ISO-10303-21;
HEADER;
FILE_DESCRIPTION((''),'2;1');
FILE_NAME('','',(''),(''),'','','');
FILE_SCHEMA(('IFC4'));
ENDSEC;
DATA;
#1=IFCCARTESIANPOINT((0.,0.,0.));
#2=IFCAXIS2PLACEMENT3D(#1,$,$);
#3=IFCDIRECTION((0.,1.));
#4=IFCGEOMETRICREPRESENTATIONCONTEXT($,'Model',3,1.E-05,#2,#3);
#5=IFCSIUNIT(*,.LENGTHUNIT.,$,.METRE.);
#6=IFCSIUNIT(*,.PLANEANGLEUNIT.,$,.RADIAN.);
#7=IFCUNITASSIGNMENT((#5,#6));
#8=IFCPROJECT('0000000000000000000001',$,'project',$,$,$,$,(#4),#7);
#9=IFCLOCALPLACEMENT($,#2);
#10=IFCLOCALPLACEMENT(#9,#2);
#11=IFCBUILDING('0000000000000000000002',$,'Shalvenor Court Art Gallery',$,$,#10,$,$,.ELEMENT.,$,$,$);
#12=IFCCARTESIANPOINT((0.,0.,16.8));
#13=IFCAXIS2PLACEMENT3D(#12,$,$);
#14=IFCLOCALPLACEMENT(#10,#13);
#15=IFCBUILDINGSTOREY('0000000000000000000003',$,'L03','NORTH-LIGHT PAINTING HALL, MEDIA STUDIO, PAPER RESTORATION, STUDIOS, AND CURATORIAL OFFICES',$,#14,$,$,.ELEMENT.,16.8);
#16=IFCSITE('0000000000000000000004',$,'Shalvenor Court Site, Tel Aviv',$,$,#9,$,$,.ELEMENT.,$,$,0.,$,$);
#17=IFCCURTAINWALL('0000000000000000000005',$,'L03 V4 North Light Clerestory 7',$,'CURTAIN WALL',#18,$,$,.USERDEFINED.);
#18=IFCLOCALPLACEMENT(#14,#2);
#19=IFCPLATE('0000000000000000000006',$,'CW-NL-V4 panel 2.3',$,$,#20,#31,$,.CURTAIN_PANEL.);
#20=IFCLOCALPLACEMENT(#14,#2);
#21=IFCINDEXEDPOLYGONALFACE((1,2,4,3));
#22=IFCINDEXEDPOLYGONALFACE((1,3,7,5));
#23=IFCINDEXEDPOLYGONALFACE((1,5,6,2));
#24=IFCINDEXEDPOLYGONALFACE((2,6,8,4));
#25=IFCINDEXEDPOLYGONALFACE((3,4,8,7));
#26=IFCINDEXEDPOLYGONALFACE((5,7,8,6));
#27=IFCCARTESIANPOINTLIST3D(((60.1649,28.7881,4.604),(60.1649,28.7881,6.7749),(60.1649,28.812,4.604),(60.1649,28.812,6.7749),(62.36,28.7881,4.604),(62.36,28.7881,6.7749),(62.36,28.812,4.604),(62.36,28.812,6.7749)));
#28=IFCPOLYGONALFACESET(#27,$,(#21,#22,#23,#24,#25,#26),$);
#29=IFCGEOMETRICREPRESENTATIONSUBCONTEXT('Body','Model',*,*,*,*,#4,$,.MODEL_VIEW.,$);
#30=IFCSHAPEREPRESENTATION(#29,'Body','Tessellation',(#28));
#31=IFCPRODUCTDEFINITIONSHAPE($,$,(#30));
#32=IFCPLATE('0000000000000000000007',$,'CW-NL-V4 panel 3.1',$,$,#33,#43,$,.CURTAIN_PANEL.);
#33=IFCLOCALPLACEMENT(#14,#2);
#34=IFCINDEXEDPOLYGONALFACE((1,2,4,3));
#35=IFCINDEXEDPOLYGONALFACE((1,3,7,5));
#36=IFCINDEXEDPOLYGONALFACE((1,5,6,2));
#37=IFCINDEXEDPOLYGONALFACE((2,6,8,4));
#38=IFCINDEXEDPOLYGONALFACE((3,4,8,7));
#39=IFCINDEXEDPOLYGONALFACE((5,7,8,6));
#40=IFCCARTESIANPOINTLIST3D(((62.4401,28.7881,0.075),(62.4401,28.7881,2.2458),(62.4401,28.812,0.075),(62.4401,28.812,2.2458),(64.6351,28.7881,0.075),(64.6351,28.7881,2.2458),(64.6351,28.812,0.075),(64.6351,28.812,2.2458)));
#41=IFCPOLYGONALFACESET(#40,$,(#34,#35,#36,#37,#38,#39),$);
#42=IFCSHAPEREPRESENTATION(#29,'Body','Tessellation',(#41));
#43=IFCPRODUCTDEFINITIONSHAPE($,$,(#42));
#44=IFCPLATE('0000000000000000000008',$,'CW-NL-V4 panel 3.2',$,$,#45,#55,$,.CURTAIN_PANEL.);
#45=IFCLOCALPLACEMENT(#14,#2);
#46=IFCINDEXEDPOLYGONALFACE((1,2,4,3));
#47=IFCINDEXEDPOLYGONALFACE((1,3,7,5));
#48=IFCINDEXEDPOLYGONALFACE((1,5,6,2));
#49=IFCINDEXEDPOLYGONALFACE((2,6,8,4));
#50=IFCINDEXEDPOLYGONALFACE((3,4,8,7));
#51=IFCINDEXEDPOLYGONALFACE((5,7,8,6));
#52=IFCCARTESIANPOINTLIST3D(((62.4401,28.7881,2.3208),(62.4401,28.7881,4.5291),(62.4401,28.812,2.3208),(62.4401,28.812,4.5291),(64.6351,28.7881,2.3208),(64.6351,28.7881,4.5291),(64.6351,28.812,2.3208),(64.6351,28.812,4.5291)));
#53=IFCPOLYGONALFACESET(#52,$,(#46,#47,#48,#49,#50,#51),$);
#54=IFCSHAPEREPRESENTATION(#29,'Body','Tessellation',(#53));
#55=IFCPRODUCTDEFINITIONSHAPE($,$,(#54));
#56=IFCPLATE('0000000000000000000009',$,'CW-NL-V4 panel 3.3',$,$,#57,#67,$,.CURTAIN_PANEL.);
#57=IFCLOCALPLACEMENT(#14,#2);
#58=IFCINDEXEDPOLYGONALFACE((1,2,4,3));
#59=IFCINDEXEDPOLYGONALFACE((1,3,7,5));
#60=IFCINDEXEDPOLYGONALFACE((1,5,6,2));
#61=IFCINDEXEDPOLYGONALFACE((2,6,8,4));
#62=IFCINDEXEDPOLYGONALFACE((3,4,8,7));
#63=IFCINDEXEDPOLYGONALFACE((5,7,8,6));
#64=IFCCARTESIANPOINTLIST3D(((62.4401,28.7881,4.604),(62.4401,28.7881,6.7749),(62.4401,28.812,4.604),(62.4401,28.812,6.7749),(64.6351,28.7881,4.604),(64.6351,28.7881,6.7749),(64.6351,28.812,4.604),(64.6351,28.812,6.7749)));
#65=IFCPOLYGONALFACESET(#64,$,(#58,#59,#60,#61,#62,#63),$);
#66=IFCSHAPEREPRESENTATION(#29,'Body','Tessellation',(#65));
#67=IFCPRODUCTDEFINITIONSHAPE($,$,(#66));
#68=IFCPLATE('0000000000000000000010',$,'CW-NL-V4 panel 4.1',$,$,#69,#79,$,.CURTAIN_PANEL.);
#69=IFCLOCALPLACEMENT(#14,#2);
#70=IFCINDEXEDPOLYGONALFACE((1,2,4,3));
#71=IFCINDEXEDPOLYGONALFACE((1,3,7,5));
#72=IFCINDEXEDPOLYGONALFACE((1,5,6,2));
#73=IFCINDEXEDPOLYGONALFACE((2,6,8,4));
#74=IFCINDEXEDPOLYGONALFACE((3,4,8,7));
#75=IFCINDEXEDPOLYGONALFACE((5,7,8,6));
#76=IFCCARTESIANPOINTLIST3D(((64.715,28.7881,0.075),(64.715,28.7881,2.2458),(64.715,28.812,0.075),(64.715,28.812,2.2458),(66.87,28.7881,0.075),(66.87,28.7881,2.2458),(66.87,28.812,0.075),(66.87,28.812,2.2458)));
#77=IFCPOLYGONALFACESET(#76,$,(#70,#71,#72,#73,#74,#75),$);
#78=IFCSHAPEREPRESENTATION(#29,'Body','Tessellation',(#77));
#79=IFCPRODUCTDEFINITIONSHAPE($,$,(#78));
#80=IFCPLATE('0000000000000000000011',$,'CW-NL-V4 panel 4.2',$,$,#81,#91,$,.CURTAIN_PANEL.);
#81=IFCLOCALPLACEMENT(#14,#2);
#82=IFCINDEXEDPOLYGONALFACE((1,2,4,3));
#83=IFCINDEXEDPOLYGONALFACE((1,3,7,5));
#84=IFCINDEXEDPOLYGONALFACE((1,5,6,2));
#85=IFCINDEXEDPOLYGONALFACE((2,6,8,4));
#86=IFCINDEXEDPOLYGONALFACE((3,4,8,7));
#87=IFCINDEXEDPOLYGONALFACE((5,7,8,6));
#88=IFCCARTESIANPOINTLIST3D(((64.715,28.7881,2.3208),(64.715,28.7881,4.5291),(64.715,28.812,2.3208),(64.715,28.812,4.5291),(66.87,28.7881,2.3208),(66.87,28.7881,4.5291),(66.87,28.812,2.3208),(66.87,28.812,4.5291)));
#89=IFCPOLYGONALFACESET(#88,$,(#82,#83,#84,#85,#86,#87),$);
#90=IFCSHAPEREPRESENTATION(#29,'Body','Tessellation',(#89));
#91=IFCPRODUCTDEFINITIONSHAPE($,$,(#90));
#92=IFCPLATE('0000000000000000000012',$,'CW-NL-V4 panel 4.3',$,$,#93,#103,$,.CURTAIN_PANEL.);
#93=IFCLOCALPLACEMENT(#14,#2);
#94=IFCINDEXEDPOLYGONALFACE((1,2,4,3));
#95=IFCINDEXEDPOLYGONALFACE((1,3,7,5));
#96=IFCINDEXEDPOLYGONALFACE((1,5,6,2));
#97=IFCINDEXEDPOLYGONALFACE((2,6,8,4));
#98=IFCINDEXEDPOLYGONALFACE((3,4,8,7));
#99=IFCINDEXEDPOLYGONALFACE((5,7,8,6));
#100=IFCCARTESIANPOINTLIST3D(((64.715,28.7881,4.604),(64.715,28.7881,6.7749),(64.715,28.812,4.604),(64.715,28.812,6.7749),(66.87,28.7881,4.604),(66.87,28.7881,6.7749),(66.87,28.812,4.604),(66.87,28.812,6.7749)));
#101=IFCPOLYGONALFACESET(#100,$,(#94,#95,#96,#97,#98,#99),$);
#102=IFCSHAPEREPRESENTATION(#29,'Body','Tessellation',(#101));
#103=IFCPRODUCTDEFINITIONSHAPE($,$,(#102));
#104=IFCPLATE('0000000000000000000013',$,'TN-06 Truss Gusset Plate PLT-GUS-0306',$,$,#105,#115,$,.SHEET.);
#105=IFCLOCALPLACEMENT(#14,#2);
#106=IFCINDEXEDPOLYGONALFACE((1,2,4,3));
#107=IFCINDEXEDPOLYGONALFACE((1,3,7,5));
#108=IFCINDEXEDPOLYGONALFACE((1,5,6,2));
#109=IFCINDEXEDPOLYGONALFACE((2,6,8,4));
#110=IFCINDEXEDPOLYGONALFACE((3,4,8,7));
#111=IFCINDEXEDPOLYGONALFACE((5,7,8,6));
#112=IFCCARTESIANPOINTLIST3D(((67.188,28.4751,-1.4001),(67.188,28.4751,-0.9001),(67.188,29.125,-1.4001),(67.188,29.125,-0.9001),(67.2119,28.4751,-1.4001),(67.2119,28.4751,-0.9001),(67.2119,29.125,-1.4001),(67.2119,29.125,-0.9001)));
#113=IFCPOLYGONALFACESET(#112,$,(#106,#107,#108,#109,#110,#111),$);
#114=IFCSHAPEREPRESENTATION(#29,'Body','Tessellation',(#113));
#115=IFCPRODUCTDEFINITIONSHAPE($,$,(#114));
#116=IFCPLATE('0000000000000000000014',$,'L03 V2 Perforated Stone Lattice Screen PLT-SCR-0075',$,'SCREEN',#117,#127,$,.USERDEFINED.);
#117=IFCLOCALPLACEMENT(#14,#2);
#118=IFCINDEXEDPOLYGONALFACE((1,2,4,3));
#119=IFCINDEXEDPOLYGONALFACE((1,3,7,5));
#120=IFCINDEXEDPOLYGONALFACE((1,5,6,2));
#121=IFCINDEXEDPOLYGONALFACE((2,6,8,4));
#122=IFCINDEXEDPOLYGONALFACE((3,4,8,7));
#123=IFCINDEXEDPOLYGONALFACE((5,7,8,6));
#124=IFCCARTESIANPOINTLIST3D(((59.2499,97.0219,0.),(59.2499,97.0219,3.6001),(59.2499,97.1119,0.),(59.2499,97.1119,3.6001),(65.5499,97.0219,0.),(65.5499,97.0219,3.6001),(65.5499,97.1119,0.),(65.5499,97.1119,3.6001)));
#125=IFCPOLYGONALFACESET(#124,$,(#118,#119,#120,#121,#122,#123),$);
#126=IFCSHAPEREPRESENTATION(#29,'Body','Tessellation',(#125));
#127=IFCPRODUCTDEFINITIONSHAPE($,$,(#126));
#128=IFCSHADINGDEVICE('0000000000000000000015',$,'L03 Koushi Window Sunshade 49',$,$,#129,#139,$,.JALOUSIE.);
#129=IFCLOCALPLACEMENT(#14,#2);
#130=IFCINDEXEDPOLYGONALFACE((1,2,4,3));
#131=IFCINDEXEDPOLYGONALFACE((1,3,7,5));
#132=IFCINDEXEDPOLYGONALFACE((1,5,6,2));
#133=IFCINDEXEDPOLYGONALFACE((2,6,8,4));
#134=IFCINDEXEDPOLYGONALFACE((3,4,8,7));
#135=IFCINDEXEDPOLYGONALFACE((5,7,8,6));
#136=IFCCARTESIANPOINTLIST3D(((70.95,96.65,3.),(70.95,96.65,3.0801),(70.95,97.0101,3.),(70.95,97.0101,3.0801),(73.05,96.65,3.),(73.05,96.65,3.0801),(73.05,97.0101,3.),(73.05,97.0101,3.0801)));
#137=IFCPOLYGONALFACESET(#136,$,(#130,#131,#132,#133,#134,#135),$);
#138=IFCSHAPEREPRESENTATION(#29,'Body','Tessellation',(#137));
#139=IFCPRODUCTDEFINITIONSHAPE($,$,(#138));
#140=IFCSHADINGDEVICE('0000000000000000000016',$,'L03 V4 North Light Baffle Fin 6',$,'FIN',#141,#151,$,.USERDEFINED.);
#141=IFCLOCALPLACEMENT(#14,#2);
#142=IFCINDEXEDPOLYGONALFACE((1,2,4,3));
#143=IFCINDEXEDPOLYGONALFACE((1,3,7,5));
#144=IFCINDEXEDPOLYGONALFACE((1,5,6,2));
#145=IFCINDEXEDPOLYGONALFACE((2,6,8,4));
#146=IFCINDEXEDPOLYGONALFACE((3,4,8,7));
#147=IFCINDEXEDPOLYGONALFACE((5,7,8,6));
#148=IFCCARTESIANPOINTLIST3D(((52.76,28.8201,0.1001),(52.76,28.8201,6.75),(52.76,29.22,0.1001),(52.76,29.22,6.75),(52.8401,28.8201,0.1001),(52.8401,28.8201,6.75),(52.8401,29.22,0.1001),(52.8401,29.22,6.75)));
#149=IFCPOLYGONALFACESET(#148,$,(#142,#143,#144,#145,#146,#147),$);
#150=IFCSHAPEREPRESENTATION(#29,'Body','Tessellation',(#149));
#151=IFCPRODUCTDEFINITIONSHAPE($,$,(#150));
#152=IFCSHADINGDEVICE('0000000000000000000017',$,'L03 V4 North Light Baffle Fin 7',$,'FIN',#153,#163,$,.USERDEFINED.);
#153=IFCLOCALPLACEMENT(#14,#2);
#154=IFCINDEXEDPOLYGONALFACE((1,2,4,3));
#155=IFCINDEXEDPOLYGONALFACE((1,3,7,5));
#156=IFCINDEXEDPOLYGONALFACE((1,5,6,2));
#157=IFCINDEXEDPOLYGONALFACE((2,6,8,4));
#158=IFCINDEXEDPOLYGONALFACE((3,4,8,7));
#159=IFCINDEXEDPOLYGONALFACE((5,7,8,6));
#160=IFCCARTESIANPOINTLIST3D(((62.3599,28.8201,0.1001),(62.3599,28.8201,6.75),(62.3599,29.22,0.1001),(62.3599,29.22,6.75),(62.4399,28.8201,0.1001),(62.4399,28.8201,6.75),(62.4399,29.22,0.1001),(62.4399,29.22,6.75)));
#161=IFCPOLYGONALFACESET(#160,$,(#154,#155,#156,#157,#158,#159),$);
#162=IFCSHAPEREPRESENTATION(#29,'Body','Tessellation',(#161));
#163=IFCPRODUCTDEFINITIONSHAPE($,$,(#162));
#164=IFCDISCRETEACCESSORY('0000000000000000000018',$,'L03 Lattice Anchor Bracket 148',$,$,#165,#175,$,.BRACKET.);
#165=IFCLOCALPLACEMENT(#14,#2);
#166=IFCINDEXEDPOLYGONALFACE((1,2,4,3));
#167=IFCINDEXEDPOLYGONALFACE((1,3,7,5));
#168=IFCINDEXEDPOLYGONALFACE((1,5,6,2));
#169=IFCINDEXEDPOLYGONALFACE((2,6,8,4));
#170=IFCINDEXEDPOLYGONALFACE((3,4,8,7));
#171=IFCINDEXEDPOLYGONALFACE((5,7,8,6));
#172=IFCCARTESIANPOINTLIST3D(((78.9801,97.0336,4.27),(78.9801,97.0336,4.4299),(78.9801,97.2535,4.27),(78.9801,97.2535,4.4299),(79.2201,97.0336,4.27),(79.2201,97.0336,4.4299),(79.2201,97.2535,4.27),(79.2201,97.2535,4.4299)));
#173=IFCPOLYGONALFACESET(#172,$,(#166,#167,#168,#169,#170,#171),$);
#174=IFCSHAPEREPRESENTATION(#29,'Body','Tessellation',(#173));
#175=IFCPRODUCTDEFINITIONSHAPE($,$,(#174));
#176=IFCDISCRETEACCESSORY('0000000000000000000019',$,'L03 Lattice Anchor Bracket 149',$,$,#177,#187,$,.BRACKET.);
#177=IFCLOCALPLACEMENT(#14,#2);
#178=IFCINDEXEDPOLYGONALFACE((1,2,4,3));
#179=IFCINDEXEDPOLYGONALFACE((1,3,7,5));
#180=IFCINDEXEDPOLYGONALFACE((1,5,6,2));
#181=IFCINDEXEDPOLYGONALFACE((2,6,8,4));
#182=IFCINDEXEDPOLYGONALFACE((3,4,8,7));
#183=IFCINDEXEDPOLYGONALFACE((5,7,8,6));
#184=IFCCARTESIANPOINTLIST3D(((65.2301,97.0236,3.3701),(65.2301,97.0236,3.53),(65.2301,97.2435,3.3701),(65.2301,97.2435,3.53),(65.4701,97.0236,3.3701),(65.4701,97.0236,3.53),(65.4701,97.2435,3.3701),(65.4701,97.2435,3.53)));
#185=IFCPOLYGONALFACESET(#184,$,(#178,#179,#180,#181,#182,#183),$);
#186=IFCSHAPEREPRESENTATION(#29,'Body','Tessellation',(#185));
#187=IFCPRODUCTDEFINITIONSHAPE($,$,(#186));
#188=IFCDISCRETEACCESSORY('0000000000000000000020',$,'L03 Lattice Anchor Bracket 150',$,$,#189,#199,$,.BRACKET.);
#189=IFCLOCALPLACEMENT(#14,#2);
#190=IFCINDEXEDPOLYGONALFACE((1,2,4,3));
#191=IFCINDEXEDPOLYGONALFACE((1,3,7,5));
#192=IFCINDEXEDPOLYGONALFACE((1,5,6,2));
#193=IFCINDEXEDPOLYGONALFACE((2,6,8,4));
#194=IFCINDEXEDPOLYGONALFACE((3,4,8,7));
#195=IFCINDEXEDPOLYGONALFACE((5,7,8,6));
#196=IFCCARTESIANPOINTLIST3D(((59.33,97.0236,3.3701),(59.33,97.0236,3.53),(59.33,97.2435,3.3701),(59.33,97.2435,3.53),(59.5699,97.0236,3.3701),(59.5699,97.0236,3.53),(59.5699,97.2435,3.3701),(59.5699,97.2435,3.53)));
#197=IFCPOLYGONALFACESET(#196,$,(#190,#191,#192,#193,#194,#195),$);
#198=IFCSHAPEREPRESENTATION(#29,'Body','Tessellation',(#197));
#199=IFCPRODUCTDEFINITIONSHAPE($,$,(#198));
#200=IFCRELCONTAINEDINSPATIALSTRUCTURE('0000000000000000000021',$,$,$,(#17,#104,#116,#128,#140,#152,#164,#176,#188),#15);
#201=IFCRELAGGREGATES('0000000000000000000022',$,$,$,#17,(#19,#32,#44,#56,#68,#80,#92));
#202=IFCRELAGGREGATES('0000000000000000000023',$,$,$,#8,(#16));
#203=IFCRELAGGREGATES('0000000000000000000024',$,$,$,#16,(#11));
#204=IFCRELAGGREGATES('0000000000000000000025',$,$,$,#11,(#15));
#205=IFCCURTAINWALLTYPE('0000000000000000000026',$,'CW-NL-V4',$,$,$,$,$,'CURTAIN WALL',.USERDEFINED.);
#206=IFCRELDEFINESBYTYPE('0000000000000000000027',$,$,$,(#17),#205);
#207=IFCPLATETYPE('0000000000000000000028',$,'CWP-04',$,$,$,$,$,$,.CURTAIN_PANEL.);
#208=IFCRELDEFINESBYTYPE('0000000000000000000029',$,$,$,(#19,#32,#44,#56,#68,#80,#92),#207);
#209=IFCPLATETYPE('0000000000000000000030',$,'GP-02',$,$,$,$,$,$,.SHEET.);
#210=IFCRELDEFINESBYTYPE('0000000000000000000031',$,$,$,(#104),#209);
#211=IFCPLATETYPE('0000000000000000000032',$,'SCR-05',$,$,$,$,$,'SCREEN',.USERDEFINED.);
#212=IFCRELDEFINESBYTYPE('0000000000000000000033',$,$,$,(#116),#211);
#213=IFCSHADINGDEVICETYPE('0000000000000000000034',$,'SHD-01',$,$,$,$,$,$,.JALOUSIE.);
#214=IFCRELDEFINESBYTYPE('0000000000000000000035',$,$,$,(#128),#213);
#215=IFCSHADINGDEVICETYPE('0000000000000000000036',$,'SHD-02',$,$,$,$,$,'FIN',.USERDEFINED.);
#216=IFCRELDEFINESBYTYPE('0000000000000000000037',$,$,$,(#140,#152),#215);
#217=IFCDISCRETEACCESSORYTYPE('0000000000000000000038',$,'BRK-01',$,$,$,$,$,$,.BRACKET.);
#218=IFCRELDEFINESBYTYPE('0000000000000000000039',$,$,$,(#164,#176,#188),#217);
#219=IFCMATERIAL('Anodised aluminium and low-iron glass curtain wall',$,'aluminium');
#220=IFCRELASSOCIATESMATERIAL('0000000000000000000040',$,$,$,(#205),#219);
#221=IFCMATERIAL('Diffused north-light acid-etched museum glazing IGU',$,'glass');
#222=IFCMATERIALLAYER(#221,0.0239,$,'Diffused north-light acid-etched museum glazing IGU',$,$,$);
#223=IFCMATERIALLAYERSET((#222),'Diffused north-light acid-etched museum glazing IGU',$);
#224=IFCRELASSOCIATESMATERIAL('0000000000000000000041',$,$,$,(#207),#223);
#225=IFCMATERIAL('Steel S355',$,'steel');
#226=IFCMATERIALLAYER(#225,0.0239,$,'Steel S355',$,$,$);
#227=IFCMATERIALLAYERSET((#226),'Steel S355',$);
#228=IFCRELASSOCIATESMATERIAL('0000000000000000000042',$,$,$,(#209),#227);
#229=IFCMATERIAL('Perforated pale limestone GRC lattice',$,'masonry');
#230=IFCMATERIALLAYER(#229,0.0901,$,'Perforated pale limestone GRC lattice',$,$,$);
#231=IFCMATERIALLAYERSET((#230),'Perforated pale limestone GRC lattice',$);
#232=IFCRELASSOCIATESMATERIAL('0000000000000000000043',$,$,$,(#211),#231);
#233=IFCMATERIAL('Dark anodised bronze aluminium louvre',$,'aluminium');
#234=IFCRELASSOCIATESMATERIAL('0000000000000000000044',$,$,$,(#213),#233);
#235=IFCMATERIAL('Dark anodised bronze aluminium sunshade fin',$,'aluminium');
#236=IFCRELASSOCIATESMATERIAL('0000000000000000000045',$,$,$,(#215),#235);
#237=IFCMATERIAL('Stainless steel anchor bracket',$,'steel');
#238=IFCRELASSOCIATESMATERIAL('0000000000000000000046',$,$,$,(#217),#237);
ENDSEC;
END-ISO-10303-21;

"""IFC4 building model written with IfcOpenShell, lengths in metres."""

from ifc_helpers import new_model, si_unit, direction, frame, origin, origin_2d, place, context, subcontext, project, spatial, rectangle, extrude, material, layer, layer_set, type_object, element, aggregate, save


model = new_model("IFC4")

# Units and contexts
model_context = context("Model", 3, precision=1e-05, world=origin(), true_north=direction((0.0, 1.0)))
body_context = subcontext(model_context, "Body", "Model", "MODEL_VIEW")
ifc_project = project(units=[si_unit("LENGTHUNIT", "METRE"), si_unit("PLANEANGLEUNIT", "RADIAN")], contexts=[model_context])

# Site, building, storey
site_placement = place(None, origin())
site = spatial("IfcSite", under=ifc_project, at=site_placement, Name="Shalvenor Court Site, Tel Aviv", CompositionType="ELEMENT", RefElevation=0.0)
building_placement = place(site_placement, origin())
building = spatial("IfcBuilding", under=site, at=building_placement, Name="Shalvenor Court Art Gallery", CompositionType="ELEMENT")
storey_placement = place(building_placement, frame((0.0, 0.0, 16.8)))
storey = spatial("IfcBuildingStorey", under=building, at=storey_placement, Name="L03", Description="NORTH-LIGHT PAINTING HALL, MEDIA STUDIO, PAPER RESTORATION, STUDIOS, AND CURATORIAL OFFICES", CompositionType="ELEMENT", Elevation=16.8)

# Curtain wall
ifc_material_1 = material(Name="Anodised aluminium and low-iron glass curtain wall", Category="aluminium")
curtain_wall_type_1 = type_object("IfcCurtainWallType", Name="CW-NL-V4", ElementType="CURTAIN WALL", PredefinedType="USERDEFINED", material=ifc_material_1)
curtain_wall_1_placement = place(storey_placement, origin())
curtain_wall_1 = element("IfcCurtainWall", 1, at=curtain_wall_1_placement, inside=storey, type_object=curtain_wall_type_1, Name="L03 V4 North Light Clerestory 7", ObjectType="CURTAIN WALL", PredefinedType="USERDEFINED")

# Plates
ifc_material_2 = material(Name="Diffused north-light acid-etched museum glazing IGU", Category="glass")
ifc_layer_1 = layer(ifc_material_2, 0.0239, Name="Diffused north-light acid-etched museum glazing IGU")
ifc_layer_set_1 = layer_set([ifc_layer_1], Name="Diffused north-light acid-etched museum glazing IGU")
plate_type_1 = type_object("IfcPlateType", Name="CWP-04", PredefinedType="CURTAIN_PANEL", material=ifc_layer_set_1)
plate_1_placement = place(storey_placement, frame((61.2625, 28.8, 4.604), z_axis=(0.0, 0.0, 1.0), x_axis=(1.0, 0.0, 0.0)))
plate_1 = element("IfcPlate", 2, at=plate_1_placement, type_object=plate_type_1, Name="CW-NL-V4 panel 2.3", PredefinedType="CURTAIN_PANEL", context=body_context, shape_type="SweptSolid", body=[
    extrude(rectangle(XDim=2.1951, YDim=0.0239, at=origin_2d()), origin(), (0.0, 0.0, 1.0), 2.1709),
])
plate_2_placement = place(storey_placement, frame((63.5376, 28.8, 0.075), z_axis=(0.0, 0.0, 1.0), x_axis=(1.0, 0.0, 0.0)))
plate_2 = element("IfcPlate", 3, at=plate_2_placement, type_object=plate_type_1, Name="CW-NL-V4 panel 3.1", PredefinedType="CURTAIN_PANEL", context=body_context, shape_type="SweptSolid", body=[
    extrude(rectangle(XDim=2.1951, YDim=0.0239, at=origin_2d()), origin(), (0.0, 0.0, 1.0), 2.1709),
])
plate_3_placement = place(storey_placement, frame((63.5376, 28.8, 2.3208), z_axis=(0.0, 0.0, 1.0), x_axis=(1.0, 0.0, 0.0)))
plate_3 = element("IfcPlate", 4, at=plate_3_placement, type_object=plate_type_1, Name="CW-NL-V4 panel 3.2", PredefinedType="CURTAIN_PANEL", context=body_context, shape_type="SweptSolid", body=[
    extrude(rectangle(XDim=2.1951, YDim=0.0239, at=origin_2d()), origin(), (0.0, 0.0, 1.0), 2.2083),
])
plate_4_placement = place(storey_placement, frame((63.5376, 28.8, 4.604), z_axis=(0.0, 0.0, 1.0), x_axis=(1.0, 0.0, 0.0)))
plate_4 = element("IfcPlate", 5, at=plate_4_placement, type_object=plate_type_1, Name="CW-NL-V4 panel 3.3", PredefinedType="CURTAIN_PANEL", context=body_context, shape_type="SweptSolid", body=[
    extrude(rectangle(XDim=2.1951, YDim=0.0239, at=origin_2d()), origin(), (0.0, 0.0, 1.0), 2.1709),
])
plate_5_placement = place(storey_placement, frame((65.7925, 28.8, 0.075), z_axis=(0.0, 0.0, 1.0), x_axis=(1.0, 0.0, 0.0)))
plate_5 = element("IfcPlate", 6, at=plate_5_placement, type_object=plate_type_1, Name="CW-NL-V4 panel 4.1", PredefinedType="CURTAIN_PANEL", context=body_context, shape_type="SweptSolid", body=[
    extrude(rectangle(XDim=2.155, YDim=0.0239, at=origin_2d()), origin(), (0.0, 0.0, 1.0), 2.1709),
])
plate_6_placement = place(storey_placement, frame((65.7925, 28.8, 2.3208), z_axis=(0.0, 0.0, 1.0), x_axis=(1.0, 0.0, 0.0)))
plate_6 = element("IfcPlate", 7, at=plate_6_placement, type_object=plate_type_1, Name="CW-NL-V4 panel 4.2", PredefinedType="CURTAIN_PANEL", context=body_context, shape_type="SweptSolid", body=[
    extrude(rectangle(XDim=2.155, YDim=0.0239, at=origin_2d()), origin(), (0.0, 0.0, 1.0), 2.2083),
])
plate_7_placement = place(storey_placement, frame((65.7925, 28.8, 4.604), z_axis=(0.0, 0.0, 1.0), x_axis=(1.0, 0.0, 0.0)))
plate_7 = element("IfcPlate", 8, at=plate_7_placement, type_object=plate_type_1, Name="CW-NL-V4 panel 4.3", PredefinedType="CURTAIN_PANEL", context=body_context, shape_type="SweptSolid", body=[
    extrude(rectangle(XDim=2.155, YDim=0.0239, at=origin_2d()), origin(), (0.0, 0.0, 1.0), 2.1709),
])
aggregate(curtain_wall_1, [plate_1, plate_2, plate_3, plate_4, plate_5, plate_6, plate_7])

# Plates
ifc_material_3 = material(Name="Steel S355", Category="steel")
ifc_layer_2 = layer(ifc_material_3, 0.0239, Name="Steel S355")
ifc_layer_set_2 = layer_set([ifc_layer_2], Name="Steel S355")
plate_type_2 = type_object("IfcPlateType", Name="GP-02", PredefinedType="SHEET", material=ifc_layer_set_2)
plate_8_placement = place(storey_placement, frame((67.2, 28.8, -1.4001), z_axis=(0.0, 0.0, 1.0), x_axis=(0.0, 1.0, 0.0)))
element("IfcPlate", 9, at=plate_8_placement, inside=storey, type_object=plate_type_2, Name="TN-06 Truss Gusset Plate PLT-GUS-0306", PredefinedType="SHEET", context=body_context, shape_type="SweptSolid", body=[
    extrude(rectangle(XDim=0.6499, YDim=0.0239, at=origin_2d()), origin(), (0.0, 0.0, 1.0), 0.5),
])
ifc_material_4 = material(Name="Perforated pale limestone GRC lattice", Category="masonry")
ifc_layer_3 = layer(ifc_material_4, 0.0901, Name="Perforated pale limestone GRC lattice")
ifc_layer_set_3 = layer_set([ifc_layer_3], Name="Perforated pale limestone GRC lattice")
plate_type_3 = type_object("IfcPlateType", Name="SCR-05", ElementType="SCREEN", PredefinedType="USERDEFINED", material=ifc_layer_set_3)
plate_9_placement = place(storey_placement, frame((62.3999, 97.0669, 0.0), z_axis=(0.0, 0.0, 1.0), x_axis=(-1.0, 0.0, 0.0)))
element("IfcPlate", 10, at=plate_9_placement, inside=storey, type_object=plate_type_3, Name="L03 V2 Perforated Stone Lattice Screen PLT-SCR-0075", ObjectType="SCREEN", PredefinedType="USERDEFINED", context=body_context, shape_type="SweptSolid", body=[
    extrude(rectangle(XDim=6.3, YDim=0.0901, at=origin_2d()), origin(), (0.0, 0.0, 1.0), 3.6001),
])

# Shading devices
ifc_material_5 = material(Name="Dark anodised bronze aluminium louvre", Category="aluminium")
shading_device_type_1 = type_object("IfcShadingDeviceType", Name="SHD-01", PredefinedType="JALOUSIE", material=ifc_material_5)
shading_device_placement = place(storey_placement, frame((72.0, 96.8301, 3.0), z_axis=(0.0, 0.0, 1.0), x_axis=(-1.0, 0.0, 0.0)))
element("IfcShadingDevice", 11, at=shading_device_placement, inside=storey, type_object=shading_device_type_1, Name="L03 Koushi Window Sunshade 49", PredefinedType="JALOUSIE", context=body_context, shape_type="SweptSolid", body=[
    extrude(rectangle(XDim=2.1001, YDim=0.3601, at=origin_2d()), origin(), (0.0, 0.0, 1.0), 0.0801),
])
ifc_material_6 = material(Name="Dark anodised bronze aluminium sunshade fin", Category="aluminium")
shading_device_type_2 = type_object("IfcShadingDeviceType", Name="SHD-02", ElementType="FIN", PredefinedType="USERDEFINED", material=ifc_material_6)
for number, where, z_axis, x_axis, name in (
    (12, (52.8, 29.02, 0.1001), (0.0, 0.0, 1.0), (1.0, 0.0, 0.0), "L03 V4 North Light Baffle Fin 6"),
    (13, (62.3999, 29.02, 0.1001), (0.0, 0.0, 1.0), (1.0, 0.0, 0.0), "L03 V4 North Light Baffle Fin 7"),
):
    element("IfcShadingDevice", number, at=place(storey_placement, frame(where, z_axis=z_axis, x_axis=x_axis)), inside=storey, type_object=shading_device_type_2, Name=name, ObjectType="FIN", PredefinedType="USERDEFINED", context=body_context, shape_type="SweptSolid", body=[
        extrude(rectangle(XDim=0.0801, YDim=0.3999, at=origin_2d()), origin(), (0.0, 0.0, 1.0), 6.6499),
    ])

# Discrete accessories
ifc_material_7 = material(Name="Stainless steel anchor bracket", Category="steel")
discrete_accessory_type = type_object("IfcDiscreteAccessoryType", Name="BRK-01", PredefinedType="BRACKET", material=ifc_material_7)
for number, where, z_axis, x_axis, name in (
    (14, (79.1001, 97.1436, 4.27), (0.0, 0.0, 1.0), (-1.0, 0.0, 0.0), "L03 Lattice Anchor Bracket 148"),
    (15, (65.3501, 97.1335, 3.3701), (0.0, 0.0, 1.0), (-1.0, 0.0, 0.0), "L03 Lattice Anchor Bracket 149"),
    (16, (59.45, 97.1335, 3.3701), (0.0, 0.0, 1.0), (-1.0, 0.0, 0.0), "L03 Lattice Anchor Bracket 150"),
):
    element("IfcDiscreteAccessory", number, at=place(storey_placement, frame(where, z_axis=z_axis, x_axis=x_axis)), inside=storey, type_object=discrete_accessory_type, Name=name, PredefinedType="BRACKET", context=body_context, shape_type="SweptSolid", body=[
        extrude(rectangle(XDim=0.24, YDim=0.22, at=origin_2d()), origin(), (0.0, 0.0, 1.0), 0.1599),
    ])

save(model, "model.ifc")
